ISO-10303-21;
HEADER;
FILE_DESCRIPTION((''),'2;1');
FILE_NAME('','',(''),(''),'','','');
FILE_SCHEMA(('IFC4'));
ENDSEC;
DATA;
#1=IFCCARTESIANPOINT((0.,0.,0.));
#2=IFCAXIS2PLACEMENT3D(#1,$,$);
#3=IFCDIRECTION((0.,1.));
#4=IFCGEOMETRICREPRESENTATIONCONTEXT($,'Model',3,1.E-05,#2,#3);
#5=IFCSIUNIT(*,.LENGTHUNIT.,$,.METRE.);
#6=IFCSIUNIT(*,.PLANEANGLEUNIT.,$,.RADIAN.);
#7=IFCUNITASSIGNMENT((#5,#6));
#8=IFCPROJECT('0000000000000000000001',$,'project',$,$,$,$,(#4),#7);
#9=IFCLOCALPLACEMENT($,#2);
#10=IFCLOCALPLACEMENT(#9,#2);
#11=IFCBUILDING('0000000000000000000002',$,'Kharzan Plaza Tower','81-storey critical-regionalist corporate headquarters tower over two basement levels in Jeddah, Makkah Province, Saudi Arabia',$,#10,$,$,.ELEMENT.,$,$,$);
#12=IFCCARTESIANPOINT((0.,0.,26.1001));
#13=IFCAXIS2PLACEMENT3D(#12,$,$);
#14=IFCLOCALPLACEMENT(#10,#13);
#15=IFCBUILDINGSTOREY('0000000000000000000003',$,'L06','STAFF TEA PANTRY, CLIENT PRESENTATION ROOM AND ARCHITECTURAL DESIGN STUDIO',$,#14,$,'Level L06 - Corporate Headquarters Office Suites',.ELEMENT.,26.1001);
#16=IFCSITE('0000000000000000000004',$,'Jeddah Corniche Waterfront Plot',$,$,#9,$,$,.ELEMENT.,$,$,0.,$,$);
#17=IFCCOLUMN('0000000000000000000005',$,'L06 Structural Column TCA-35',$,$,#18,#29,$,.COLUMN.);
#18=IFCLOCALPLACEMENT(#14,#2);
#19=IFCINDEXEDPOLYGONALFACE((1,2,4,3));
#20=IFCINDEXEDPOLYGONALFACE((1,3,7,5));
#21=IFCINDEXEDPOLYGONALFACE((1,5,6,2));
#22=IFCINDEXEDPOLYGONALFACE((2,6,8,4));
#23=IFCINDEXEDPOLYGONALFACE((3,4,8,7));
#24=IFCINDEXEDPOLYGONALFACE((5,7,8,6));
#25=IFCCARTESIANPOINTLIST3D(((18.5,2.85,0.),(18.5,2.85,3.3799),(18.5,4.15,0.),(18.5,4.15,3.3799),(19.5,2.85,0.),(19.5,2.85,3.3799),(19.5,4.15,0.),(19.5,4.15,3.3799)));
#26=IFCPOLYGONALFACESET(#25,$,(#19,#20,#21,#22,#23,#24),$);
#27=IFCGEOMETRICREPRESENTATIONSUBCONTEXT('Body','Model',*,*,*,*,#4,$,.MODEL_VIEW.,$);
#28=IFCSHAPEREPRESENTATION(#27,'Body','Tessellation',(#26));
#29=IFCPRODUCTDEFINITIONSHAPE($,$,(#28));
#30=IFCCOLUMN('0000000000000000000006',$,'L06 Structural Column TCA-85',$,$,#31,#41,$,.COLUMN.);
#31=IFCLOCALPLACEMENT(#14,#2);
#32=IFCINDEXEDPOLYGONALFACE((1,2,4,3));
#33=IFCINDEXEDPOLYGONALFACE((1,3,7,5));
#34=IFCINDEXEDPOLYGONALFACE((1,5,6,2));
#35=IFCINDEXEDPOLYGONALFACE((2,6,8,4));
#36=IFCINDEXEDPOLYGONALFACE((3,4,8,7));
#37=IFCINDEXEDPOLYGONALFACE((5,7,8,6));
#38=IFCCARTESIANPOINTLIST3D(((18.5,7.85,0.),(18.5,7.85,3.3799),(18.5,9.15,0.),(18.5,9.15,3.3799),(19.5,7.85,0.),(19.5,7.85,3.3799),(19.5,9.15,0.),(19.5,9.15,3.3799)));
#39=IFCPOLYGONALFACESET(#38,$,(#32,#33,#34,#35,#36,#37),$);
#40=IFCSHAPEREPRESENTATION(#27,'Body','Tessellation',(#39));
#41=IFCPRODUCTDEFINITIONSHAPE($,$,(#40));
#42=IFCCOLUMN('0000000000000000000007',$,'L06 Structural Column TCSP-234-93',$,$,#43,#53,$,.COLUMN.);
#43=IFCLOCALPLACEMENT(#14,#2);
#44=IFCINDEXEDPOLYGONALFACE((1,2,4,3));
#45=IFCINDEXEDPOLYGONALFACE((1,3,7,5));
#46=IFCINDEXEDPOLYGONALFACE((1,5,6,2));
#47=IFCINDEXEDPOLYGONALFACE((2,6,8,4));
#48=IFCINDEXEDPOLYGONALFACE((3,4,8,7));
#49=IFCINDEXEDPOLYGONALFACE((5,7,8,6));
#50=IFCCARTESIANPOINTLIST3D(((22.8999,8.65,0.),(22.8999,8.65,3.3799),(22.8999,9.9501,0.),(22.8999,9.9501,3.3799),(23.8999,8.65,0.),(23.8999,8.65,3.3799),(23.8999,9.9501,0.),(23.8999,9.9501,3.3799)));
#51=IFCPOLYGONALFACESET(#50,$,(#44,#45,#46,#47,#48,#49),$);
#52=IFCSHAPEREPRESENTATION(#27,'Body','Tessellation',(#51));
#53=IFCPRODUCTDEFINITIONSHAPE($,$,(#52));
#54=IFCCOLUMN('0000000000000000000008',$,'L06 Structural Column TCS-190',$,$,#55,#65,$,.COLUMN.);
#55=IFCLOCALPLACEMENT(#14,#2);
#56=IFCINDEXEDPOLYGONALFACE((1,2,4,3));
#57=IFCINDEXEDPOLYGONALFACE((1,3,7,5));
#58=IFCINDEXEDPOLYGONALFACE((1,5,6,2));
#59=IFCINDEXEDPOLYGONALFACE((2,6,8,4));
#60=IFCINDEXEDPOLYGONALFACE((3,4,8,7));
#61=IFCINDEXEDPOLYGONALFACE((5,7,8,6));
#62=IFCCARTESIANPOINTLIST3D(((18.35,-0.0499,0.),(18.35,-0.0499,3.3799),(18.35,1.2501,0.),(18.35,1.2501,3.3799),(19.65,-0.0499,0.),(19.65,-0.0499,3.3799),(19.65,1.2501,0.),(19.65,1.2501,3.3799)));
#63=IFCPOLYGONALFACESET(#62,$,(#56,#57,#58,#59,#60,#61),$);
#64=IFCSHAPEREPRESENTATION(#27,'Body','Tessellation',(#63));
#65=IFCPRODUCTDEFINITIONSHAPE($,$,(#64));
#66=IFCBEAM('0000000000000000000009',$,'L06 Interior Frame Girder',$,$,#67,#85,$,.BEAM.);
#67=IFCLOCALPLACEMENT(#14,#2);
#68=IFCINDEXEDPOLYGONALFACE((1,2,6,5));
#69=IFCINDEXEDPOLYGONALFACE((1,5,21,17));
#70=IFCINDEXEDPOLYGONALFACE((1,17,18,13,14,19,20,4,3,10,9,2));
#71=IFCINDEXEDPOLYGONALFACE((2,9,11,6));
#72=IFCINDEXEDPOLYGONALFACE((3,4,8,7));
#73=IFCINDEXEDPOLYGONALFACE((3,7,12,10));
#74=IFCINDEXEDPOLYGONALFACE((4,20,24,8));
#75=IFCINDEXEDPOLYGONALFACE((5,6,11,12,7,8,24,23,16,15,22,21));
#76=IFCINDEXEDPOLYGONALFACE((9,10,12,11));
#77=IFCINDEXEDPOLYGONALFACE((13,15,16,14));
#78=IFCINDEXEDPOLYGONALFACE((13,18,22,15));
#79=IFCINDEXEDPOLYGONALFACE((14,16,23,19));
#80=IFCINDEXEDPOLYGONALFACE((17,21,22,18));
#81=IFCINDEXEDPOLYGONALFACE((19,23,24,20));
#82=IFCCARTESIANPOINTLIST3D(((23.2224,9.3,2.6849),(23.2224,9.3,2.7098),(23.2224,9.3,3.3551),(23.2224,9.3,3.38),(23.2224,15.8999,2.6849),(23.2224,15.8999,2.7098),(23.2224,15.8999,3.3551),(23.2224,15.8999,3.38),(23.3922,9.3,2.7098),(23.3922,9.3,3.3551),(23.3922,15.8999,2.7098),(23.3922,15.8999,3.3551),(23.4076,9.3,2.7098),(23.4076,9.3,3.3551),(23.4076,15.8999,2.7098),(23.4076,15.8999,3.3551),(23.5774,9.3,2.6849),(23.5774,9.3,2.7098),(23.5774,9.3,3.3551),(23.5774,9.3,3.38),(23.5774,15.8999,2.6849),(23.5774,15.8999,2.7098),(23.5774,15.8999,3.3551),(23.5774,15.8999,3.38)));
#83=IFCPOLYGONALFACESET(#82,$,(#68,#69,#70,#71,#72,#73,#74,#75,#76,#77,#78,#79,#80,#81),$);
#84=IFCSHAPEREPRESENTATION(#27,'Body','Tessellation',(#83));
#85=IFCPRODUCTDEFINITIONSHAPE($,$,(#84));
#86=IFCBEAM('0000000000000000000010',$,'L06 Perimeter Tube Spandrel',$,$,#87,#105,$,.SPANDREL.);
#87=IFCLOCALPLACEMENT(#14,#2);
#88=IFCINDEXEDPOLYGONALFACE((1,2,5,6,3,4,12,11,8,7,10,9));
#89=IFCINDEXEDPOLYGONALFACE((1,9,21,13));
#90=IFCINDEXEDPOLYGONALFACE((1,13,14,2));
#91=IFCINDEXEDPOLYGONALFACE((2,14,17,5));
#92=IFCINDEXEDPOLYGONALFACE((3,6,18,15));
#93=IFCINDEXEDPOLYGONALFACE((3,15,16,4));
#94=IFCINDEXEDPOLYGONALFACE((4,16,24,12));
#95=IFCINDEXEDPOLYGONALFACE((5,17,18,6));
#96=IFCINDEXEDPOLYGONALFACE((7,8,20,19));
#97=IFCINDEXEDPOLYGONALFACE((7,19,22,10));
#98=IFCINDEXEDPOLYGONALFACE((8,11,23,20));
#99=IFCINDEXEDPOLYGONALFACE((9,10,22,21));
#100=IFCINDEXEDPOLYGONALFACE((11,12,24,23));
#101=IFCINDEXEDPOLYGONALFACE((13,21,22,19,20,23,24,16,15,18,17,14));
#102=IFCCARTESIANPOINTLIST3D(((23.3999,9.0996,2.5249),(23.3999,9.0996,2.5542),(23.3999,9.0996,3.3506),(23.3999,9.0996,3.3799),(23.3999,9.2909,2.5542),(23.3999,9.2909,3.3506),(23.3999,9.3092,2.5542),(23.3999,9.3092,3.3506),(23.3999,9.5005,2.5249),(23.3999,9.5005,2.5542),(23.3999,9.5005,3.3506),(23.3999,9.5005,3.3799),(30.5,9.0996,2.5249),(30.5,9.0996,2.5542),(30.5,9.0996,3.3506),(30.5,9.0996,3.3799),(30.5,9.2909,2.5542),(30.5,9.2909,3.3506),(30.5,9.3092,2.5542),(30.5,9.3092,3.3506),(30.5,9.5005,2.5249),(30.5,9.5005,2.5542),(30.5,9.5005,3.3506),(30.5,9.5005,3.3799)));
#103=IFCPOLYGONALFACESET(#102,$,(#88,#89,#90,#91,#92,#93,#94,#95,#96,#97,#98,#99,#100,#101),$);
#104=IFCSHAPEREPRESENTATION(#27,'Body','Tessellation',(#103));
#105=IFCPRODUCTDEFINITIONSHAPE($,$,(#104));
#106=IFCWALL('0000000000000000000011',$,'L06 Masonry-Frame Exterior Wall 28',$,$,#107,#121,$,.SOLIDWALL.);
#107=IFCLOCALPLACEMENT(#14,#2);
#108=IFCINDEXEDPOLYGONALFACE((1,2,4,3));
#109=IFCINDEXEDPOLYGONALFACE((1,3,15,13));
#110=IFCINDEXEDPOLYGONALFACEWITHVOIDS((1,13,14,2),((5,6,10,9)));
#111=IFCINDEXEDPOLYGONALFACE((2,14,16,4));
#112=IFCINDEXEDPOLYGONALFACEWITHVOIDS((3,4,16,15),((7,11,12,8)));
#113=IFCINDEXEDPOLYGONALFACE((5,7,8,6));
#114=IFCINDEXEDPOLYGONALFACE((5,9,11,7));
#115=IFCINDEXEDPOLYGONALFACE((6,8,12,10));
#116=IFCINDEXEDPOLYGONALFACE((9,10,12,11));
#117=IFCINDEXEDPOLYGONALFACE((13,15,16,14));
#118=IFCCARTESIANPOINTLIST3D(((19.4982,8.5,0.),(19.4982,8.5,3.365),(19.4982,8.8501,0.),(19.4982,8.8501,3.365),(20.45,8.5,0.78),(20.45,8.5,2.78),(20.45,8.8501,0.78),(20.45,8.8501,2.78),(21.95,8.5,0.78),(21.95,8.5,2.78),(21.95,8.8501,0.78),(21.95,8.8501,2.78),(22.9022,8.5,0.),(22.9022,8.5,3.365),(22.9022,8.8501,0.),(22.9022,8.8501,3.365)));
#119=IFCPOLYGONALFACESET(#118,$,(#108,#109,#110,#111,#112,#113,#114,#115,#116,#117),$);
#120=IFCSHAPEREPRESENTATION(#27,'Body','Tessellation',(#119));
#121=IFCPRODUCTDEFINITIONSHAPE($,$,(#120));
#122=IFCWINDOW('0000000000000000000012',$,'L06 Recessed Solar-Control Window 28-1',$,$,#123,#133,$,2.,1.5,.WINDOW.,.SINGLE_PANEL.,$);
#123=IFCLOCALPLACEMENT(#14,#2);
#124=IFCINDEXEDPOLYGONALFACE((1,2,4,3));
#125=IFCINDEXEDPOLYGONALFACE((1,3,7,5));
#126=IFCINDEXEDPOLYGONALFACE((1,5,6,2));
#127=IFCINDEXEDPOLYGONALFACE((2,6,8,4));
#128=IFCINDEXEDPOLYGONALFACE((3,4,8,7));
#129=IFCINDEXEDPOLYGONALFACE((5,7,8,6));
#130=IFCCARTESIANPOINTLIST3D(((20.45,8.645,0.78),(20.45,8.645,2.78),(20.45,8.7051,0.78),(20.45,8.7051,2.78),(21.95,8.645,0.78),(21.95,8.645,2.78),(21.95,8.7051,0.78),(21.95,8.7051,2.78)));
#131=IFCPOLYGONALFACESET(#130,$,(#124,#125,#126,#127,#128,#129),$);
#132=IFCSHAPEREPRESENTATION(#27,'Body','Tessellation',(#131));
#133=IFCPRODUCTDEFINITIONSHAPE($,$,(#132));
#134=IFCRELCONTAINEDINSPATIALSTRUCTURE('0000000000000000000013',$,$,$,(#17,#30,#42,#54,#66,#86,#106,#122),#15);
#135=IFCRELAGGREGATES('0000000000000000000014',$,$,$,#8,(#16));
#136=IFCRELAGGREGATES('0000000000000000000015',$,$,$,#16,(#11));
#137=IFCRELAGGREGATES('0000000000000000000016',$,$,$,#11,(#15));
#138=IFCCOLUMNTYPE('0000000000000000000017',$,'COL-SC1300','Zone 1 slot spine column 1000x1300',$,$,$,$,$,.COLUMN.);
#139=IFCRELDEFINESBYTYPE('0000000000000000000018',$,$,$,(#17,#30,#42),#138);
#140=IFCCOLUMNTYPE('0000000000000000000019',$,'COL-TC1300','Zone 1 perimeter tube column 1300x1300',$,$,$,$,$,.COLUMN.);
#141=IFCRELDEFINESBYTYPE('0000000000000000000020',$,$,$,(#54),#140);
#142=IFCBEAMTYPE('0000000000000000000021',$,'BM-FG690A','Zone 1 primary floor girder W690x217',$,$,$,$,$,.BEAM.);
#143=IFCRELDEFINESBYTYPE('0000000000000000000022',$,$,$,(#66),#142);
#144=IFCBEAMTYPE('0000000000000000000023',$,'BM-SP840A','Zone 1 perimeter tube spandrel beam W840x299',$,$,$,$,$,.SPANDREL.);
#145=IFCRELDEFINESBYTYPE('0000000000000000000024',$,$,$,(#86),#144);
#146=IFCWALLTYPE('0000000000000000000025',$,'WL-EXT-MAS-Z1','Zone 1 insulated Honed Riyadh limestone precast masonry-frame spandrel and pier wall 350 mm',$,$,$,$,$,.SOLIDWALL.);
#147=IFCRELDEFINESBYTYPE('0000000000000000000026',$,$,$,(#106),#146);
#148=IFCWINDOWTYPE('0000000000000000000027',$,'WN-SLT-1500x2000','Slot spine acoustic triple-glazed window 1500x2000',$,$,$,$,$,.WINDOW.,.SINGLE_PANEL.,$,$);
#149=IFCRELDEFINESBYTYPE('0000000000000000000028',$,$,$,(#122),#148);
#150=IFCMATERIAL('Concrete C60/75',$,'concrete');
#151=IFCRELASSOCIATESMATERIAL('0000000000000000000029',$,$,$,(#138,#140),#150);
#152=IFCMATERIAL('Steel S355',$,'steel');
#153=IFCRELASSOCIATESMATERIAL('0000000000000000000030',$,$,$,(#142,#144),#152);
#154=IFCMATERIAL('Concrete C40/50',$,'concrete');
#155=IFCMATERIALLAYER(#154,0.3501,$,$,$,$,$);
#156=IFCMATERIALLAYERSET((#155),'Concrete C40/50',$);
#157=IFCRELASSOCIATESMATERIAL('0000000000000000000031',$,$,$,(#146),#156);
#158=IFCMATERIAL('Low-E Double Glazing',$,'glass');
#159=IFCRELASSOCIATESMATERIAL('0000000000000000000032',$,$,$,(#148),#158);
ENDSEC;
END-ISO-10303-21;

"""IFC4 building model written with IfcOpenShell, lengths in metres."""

from ifc_helpers import new_model, si_unit, direction, frame, frame_2d, origin, origin_2d, place, context, subcontext, project, spatial, rectangle, i_section, extrude, source, transform, mapped, material, layer, layer_set, material_profile, profile_set, type_object, element, fill, save


model = new_model("IFC4")

# Units and contexts
model_context = context("Model", 3, precision=1e-05, world=origin(), true_north=direction((0.0, 1.0)))
body_context = subcontext(model_context, "Body", "Model", "MODEL_VIEW")
ifc_project = project(units=[si_unit("LENGTHUNIT", "METRE"), si_unit("PLANEANGLEUNIT", "RADIAN")], contexts=[model_context])

# Site, building, storey
site_placement = place(None, origin())
site = spatial("IfcSite", under=ifc_project, at=site_placement, Name="Jeddah Corniche Waterfront Plot", CompositionType="ELEMENT", RefElevation=0.0)
building_placement = place(site_placement, origin())
building = spatial("IfcBuilding", under=site, at=building_placement, Name="Kharzan Plaza Tower", Description="81-storey critical-regionalist corporate headquarters tower over two basement levels in Jeddah, Makkah Province, Saudi Arabia", CompositionType="ELEMENT")
storey_placement = place(building_placement, frame((0.0, 0.0, 26.1001)))
storey = spatial("IfcBuildingStorey", under=building, at=storey_placement, Name="L06", Description="STAFF TEA PANTRY, CLIENT PRESENTATION ROOM AND ARCHITECTURAL DESIGN STUDIO", LongName="Level L06 - Corporate Headquarters Office Suites", CompositionType="ELEMENT", Elevation=26.1001)

# Columns
ifc_material_1 = material(Name="Concrete C60/75", Category="concrete")
ifc_material_profile_1 = material_profile(ifc_material_1, rectangle(XDim=1.0, YDim=1.3, at=origin_2d()), Name="RC-SC1300x1000")
ifc_profile_set_1 = profile_set([ifc_material_profile_1], Name="Concrete C60/75")
column_type_1 = type_object("IfcColumnType", Name="COL-SC1300", Description="Zone 1 slot spine column 1000x1300", PredefinedType="COLUMN", material=ifc_profile_set_1)
shared_shape_1 = source(origin(), body_context, "Body", "SweptSolid", [
    extrude(rectangle(XDim=1.0, YDim=1.3, at=origin_2d()), origin(), (0.0, 0.0, 1.0), 3.3799),
])
for number, where, z_axis, x_axis, name in (
    (1, (19.0, 3.5, 0.0), (0.0, 0.0, 1.0), (1.0, 0.0, 0.0), "L06 Structural Column TCA-35"),
    (2, (19.0, 8.5, 0.0), (0.0, 0.0, 1.0), (1.0, 0.0, 0.0), "L06 Structural Column TCA-85"),
    (3, (23.3999, 9.3, 0.0), (0.0, 0.0, 1.0), (1.0, 0.0, 0.0), "L06 Structural Column TCSP-234-93"),
):
    element("IfcColumn", number, at=place(storey_placement, frame(where, z_axis=z_axis, x_axis=x_axis)), inside=storey, type_object=column_type_1, Name=name, PredefinedType="COLUMN", context=body_context, shape_type="MappedRepresentation", body=[
        mapped(shared_shape_1, transform((0.0, 0.0, 0.0), x_axis=(1.0, 0.0, 0.0), y_axis=(0.0, 1.0, 0.0), z_axis=(0.0, 0.0, 1.0))),
    ])
ifc_material_profile_2 = material_profile(ifc_material_1, rectangle(XDim=1.3, YDim=1.3, at=origin_2d()), Name="RC-TC1300x1300")
ifc_profile_set_2 = profile_set([ifc_material_profile_2], Name="Concrete C60/75")
column_type_2 = type_object("IfcColumnType", Name="COL-TC1300", Description="Zone 1 perimeter tube column 1300x1300", PredefinedType="COLUMN", material=ifc_profile_set_2)
shared_shape_2 = source(origin(), body_context, "Body", "SweptSolid", [
    extrude(rectangle(XDim=1.3, YDim=1.3, at=origin_2d()), origin(), (0.0, 0.0, 1.0), 3.3799),
])
column_placement = place(storey_placement, frame((19.0, 0.6001, 0.0), z_axis=(0.0, 0.0, 1.0), x_axis=(1.0, 0.0, 0.0)))
element("IfcColumn", 4, at=column_placement, inside=storey, type_object=column_type_2, Name="L06 Structural Column TCS-190", PredefinedType="COLUMN", context=body_context, shape_type="MappedRepresentation", body=[
    mapped(shared_shape_2, transform((0.0, 0.0, 0.0), x_axis=(1.0, 0.0, 0.0), y_axis=(0.0, 1.0, 0.0), z_axis=(0.0, 0.0, 1.0))),
])

# Beams
ifc_material_2 = material(Name="Steel S355", Category="steel")
ifc_material_profile_3 = material_profile(ifc_material_2, i_section(OverallWidth=0.355, OverallDepth=0.6951, WebThickness=0.0154, FlangeThickness=0.0249, at=origin_2d()), Name="W690x217")
ifc_profile_set_3 = profile_set([ifc_material_profile_3], Name="Steel S355")
beam_type_1 = type_object("IfcBeamType", Name="BM-FG690A", Description="Zone 1 primary floor girder W690x217", PredefinedType="BEAM", material=ifc_profile_set_3)
shared_shape_3 = source(origin(), body_context, "Body", "SweptSolid", [
    extrude(i_section(OverallWidth=0.355, OverallDepth=0.6951, WebThickness=0.0154, FlangeThickness=0.0249, at=origin_2d()), origin(), (0.0, 0.0, 1.0), 6.5999),
])
beam_1_placement = place(storey_placement, frame((23.3999, 9.3, 3.0325), z_axis=(0.0, 1.0, 0.0), x_axis=(-1.0, 0.0, 0.0)))
element("IfcBeam", 5, at=beam_1_placement, inside=storey, type_object=beam_type_1, Name="L06 Interior Frame Girder", PredefinedType="BEAM", context=body_context, shape_type="MappedRepresentation", body=[
    mapped(shared_shape_3, transform((0.0, 0.0, 0.0), x_axis=(1.0, 0.0, 0.0), y_axis=(0.0, 1.0, 0.0), z_axis=(0.0, 0.0, 1.0))),
])
ifc_material_profile_4 = material_profile(ifc_material_2, i_section(OverallWidth=0.4009, OverallDepth=0.855, WebThickness=0.0183, FlangeThickness=0.0293, at=origin_2d()), Name="W840x299")
ifc_profile_set_4 = profile_set([ifc_material_profile_4], Name="Steel S355")
beam_type_2 = type_object("IfcBeamType", Name="BM-SP840A", Description="Zone 1 perimeter tube spandrel beam W840x299", PredefinedType="SPANDREL", material=ifc_profile_set_4)
shared_shape_4 = source(origin(), body_context, "Body", "SweptSolid", [
    extrude(i_section(OverallWidth=0.4009, OverallDepth=0.855, WebThickness=0.0183, FlangeThickness=0.0293, at=origin_2d()), origin(), (0.0, 0.0, 1.0), 7.1001),
])
beam_2_placement = place(storey_placement, frame((23.3999, 9.3, 2.9524), z_axis=(1.0, 0.0, 0.0), x_axis=(0.0, 1.0, 0.0)))
element("IfcBeam", 6, at=beam_2_placement, inside=storey, type_object=beam_type_2, Name="L06 Perimeter Tube Spandrel", PredefinedType="SPANDREL", context=body_context, shape_type="MappedRepresentation", body=[
    mapped(shared_shape_4, transform((0.0, 0.0, 0.0), x_axis=(1.0, 0.0, 0.0), y_axis=(0.0, 1.0, 0.0), z_axis=(0.0, 0.0, 1.0))),
])

# Wall, opening, window
ifc_material_3 = material(Name="Concrete C40/50", Category="concrete")
ifc_layer_1 = layer(ifc_material_3, 0.3501)
ifc_layer_set_1 = layer_set([ifc_layer_1], Name="Concrete C40/50")
wall_type_1 = type_object("IfcWallType", Name="WL-EXT-MAS-Z1", Description="Zone 1 insulated Honed Riyadh limestone precast masonry-frame spandrel and pier wall 350 mm", PredefinedType="SOLIDWALL", material=ifc_layer_set_1)
wall_1_placement = place(storey_placement, frame((19.498, 8.675, 0.0), z_axis=(0.0, 0.0, 1.0), x_axis=(1.0, 0.0, 0.0)))
wall_1 = element("IfcWall", 7, at=wall_1_placement, inside=storey, type_object=wall_type_1, Name="L06 Masonry-Frame Exterior Wall 28", PredefinedType="SOLIDWALL", context=body_context, shape_type="SweptSolid", body=[
    extrude(rectangle(XDim=3.4041, YDim=0.3501, at=frame_2d((1.7021, 0.0))), origin(), (0.0, 0.0, 1.0), 3.365),
])
opening_1_placement = place(wall_1_placement, frame((0.9519, 0.0, 0.78)))
opening_1 = element("IfcOpeningElement", 8, at=opening_1_placement, cuts=wall_1, PredefinedType="OPENING", context=body_context, shape_type="SweptSolid", body=[
    extrude(rectangle(XDim=1.5, YDim=2.0, at=frame_2d((0.75, 1.0))), frame((0.0, 0.1851, 0.0), z_axis=(0.0, -1.0, 0.0), x_axis=(1.0, 0.0, 0.0)), (0.0, 0.0, 1.0), 0.3701),
])
ifc_material_4 = material(Name="Low-E Double Glazing", Category="glass")
window_type = type_object("IfcWindowType", Name="WN-SLT-1500x2000", Description="Slot spine acoustic triple-glazed window 1500x2000", PartitioningType="SINGLE_PANEL", PredefinedType="WINDOW", material=ifc_material_4)
shared_shape_5 = source(origin(), body_context, "Body", "SweptSolid", [
    extrude(rectangle(XDim=1.5, YDim=2.0, at=frame_2d((0.75, 1.0))), frame((0.0, 0.03, 0.0), z_axis=(0.0, -1.0, 0.0), x_axis=(1.0, 0.0, 0.0)), (0.0, 0.0, 1.0), 0.0601),
])
window_1_placement = place(opening_1_placement, origin())
window_1 = element("IfcWindow", 9, at=window_1_placement, inside=storey, type_object=window_type, Name="L06 Recessed Solar-Control Window 28-1", OverallHeight=2.0, OverallWidth=1.5, PartitioningType="SINGLE_PANEL", PredefinedType="WINDOW", context=body_context, shape_type="MappedRepresentation", body=[
    mapped(shared_shape_5, transform((0.0, 0.0, 0.0), x_axis=(1.0, 0.0, 0.0), y_axis=(0.0, 1.0, 0.0), z_axis=(0.0, 0.0, 1.0))),
])
fill(opening_1, window_1)

save(model, "model.ifc")
